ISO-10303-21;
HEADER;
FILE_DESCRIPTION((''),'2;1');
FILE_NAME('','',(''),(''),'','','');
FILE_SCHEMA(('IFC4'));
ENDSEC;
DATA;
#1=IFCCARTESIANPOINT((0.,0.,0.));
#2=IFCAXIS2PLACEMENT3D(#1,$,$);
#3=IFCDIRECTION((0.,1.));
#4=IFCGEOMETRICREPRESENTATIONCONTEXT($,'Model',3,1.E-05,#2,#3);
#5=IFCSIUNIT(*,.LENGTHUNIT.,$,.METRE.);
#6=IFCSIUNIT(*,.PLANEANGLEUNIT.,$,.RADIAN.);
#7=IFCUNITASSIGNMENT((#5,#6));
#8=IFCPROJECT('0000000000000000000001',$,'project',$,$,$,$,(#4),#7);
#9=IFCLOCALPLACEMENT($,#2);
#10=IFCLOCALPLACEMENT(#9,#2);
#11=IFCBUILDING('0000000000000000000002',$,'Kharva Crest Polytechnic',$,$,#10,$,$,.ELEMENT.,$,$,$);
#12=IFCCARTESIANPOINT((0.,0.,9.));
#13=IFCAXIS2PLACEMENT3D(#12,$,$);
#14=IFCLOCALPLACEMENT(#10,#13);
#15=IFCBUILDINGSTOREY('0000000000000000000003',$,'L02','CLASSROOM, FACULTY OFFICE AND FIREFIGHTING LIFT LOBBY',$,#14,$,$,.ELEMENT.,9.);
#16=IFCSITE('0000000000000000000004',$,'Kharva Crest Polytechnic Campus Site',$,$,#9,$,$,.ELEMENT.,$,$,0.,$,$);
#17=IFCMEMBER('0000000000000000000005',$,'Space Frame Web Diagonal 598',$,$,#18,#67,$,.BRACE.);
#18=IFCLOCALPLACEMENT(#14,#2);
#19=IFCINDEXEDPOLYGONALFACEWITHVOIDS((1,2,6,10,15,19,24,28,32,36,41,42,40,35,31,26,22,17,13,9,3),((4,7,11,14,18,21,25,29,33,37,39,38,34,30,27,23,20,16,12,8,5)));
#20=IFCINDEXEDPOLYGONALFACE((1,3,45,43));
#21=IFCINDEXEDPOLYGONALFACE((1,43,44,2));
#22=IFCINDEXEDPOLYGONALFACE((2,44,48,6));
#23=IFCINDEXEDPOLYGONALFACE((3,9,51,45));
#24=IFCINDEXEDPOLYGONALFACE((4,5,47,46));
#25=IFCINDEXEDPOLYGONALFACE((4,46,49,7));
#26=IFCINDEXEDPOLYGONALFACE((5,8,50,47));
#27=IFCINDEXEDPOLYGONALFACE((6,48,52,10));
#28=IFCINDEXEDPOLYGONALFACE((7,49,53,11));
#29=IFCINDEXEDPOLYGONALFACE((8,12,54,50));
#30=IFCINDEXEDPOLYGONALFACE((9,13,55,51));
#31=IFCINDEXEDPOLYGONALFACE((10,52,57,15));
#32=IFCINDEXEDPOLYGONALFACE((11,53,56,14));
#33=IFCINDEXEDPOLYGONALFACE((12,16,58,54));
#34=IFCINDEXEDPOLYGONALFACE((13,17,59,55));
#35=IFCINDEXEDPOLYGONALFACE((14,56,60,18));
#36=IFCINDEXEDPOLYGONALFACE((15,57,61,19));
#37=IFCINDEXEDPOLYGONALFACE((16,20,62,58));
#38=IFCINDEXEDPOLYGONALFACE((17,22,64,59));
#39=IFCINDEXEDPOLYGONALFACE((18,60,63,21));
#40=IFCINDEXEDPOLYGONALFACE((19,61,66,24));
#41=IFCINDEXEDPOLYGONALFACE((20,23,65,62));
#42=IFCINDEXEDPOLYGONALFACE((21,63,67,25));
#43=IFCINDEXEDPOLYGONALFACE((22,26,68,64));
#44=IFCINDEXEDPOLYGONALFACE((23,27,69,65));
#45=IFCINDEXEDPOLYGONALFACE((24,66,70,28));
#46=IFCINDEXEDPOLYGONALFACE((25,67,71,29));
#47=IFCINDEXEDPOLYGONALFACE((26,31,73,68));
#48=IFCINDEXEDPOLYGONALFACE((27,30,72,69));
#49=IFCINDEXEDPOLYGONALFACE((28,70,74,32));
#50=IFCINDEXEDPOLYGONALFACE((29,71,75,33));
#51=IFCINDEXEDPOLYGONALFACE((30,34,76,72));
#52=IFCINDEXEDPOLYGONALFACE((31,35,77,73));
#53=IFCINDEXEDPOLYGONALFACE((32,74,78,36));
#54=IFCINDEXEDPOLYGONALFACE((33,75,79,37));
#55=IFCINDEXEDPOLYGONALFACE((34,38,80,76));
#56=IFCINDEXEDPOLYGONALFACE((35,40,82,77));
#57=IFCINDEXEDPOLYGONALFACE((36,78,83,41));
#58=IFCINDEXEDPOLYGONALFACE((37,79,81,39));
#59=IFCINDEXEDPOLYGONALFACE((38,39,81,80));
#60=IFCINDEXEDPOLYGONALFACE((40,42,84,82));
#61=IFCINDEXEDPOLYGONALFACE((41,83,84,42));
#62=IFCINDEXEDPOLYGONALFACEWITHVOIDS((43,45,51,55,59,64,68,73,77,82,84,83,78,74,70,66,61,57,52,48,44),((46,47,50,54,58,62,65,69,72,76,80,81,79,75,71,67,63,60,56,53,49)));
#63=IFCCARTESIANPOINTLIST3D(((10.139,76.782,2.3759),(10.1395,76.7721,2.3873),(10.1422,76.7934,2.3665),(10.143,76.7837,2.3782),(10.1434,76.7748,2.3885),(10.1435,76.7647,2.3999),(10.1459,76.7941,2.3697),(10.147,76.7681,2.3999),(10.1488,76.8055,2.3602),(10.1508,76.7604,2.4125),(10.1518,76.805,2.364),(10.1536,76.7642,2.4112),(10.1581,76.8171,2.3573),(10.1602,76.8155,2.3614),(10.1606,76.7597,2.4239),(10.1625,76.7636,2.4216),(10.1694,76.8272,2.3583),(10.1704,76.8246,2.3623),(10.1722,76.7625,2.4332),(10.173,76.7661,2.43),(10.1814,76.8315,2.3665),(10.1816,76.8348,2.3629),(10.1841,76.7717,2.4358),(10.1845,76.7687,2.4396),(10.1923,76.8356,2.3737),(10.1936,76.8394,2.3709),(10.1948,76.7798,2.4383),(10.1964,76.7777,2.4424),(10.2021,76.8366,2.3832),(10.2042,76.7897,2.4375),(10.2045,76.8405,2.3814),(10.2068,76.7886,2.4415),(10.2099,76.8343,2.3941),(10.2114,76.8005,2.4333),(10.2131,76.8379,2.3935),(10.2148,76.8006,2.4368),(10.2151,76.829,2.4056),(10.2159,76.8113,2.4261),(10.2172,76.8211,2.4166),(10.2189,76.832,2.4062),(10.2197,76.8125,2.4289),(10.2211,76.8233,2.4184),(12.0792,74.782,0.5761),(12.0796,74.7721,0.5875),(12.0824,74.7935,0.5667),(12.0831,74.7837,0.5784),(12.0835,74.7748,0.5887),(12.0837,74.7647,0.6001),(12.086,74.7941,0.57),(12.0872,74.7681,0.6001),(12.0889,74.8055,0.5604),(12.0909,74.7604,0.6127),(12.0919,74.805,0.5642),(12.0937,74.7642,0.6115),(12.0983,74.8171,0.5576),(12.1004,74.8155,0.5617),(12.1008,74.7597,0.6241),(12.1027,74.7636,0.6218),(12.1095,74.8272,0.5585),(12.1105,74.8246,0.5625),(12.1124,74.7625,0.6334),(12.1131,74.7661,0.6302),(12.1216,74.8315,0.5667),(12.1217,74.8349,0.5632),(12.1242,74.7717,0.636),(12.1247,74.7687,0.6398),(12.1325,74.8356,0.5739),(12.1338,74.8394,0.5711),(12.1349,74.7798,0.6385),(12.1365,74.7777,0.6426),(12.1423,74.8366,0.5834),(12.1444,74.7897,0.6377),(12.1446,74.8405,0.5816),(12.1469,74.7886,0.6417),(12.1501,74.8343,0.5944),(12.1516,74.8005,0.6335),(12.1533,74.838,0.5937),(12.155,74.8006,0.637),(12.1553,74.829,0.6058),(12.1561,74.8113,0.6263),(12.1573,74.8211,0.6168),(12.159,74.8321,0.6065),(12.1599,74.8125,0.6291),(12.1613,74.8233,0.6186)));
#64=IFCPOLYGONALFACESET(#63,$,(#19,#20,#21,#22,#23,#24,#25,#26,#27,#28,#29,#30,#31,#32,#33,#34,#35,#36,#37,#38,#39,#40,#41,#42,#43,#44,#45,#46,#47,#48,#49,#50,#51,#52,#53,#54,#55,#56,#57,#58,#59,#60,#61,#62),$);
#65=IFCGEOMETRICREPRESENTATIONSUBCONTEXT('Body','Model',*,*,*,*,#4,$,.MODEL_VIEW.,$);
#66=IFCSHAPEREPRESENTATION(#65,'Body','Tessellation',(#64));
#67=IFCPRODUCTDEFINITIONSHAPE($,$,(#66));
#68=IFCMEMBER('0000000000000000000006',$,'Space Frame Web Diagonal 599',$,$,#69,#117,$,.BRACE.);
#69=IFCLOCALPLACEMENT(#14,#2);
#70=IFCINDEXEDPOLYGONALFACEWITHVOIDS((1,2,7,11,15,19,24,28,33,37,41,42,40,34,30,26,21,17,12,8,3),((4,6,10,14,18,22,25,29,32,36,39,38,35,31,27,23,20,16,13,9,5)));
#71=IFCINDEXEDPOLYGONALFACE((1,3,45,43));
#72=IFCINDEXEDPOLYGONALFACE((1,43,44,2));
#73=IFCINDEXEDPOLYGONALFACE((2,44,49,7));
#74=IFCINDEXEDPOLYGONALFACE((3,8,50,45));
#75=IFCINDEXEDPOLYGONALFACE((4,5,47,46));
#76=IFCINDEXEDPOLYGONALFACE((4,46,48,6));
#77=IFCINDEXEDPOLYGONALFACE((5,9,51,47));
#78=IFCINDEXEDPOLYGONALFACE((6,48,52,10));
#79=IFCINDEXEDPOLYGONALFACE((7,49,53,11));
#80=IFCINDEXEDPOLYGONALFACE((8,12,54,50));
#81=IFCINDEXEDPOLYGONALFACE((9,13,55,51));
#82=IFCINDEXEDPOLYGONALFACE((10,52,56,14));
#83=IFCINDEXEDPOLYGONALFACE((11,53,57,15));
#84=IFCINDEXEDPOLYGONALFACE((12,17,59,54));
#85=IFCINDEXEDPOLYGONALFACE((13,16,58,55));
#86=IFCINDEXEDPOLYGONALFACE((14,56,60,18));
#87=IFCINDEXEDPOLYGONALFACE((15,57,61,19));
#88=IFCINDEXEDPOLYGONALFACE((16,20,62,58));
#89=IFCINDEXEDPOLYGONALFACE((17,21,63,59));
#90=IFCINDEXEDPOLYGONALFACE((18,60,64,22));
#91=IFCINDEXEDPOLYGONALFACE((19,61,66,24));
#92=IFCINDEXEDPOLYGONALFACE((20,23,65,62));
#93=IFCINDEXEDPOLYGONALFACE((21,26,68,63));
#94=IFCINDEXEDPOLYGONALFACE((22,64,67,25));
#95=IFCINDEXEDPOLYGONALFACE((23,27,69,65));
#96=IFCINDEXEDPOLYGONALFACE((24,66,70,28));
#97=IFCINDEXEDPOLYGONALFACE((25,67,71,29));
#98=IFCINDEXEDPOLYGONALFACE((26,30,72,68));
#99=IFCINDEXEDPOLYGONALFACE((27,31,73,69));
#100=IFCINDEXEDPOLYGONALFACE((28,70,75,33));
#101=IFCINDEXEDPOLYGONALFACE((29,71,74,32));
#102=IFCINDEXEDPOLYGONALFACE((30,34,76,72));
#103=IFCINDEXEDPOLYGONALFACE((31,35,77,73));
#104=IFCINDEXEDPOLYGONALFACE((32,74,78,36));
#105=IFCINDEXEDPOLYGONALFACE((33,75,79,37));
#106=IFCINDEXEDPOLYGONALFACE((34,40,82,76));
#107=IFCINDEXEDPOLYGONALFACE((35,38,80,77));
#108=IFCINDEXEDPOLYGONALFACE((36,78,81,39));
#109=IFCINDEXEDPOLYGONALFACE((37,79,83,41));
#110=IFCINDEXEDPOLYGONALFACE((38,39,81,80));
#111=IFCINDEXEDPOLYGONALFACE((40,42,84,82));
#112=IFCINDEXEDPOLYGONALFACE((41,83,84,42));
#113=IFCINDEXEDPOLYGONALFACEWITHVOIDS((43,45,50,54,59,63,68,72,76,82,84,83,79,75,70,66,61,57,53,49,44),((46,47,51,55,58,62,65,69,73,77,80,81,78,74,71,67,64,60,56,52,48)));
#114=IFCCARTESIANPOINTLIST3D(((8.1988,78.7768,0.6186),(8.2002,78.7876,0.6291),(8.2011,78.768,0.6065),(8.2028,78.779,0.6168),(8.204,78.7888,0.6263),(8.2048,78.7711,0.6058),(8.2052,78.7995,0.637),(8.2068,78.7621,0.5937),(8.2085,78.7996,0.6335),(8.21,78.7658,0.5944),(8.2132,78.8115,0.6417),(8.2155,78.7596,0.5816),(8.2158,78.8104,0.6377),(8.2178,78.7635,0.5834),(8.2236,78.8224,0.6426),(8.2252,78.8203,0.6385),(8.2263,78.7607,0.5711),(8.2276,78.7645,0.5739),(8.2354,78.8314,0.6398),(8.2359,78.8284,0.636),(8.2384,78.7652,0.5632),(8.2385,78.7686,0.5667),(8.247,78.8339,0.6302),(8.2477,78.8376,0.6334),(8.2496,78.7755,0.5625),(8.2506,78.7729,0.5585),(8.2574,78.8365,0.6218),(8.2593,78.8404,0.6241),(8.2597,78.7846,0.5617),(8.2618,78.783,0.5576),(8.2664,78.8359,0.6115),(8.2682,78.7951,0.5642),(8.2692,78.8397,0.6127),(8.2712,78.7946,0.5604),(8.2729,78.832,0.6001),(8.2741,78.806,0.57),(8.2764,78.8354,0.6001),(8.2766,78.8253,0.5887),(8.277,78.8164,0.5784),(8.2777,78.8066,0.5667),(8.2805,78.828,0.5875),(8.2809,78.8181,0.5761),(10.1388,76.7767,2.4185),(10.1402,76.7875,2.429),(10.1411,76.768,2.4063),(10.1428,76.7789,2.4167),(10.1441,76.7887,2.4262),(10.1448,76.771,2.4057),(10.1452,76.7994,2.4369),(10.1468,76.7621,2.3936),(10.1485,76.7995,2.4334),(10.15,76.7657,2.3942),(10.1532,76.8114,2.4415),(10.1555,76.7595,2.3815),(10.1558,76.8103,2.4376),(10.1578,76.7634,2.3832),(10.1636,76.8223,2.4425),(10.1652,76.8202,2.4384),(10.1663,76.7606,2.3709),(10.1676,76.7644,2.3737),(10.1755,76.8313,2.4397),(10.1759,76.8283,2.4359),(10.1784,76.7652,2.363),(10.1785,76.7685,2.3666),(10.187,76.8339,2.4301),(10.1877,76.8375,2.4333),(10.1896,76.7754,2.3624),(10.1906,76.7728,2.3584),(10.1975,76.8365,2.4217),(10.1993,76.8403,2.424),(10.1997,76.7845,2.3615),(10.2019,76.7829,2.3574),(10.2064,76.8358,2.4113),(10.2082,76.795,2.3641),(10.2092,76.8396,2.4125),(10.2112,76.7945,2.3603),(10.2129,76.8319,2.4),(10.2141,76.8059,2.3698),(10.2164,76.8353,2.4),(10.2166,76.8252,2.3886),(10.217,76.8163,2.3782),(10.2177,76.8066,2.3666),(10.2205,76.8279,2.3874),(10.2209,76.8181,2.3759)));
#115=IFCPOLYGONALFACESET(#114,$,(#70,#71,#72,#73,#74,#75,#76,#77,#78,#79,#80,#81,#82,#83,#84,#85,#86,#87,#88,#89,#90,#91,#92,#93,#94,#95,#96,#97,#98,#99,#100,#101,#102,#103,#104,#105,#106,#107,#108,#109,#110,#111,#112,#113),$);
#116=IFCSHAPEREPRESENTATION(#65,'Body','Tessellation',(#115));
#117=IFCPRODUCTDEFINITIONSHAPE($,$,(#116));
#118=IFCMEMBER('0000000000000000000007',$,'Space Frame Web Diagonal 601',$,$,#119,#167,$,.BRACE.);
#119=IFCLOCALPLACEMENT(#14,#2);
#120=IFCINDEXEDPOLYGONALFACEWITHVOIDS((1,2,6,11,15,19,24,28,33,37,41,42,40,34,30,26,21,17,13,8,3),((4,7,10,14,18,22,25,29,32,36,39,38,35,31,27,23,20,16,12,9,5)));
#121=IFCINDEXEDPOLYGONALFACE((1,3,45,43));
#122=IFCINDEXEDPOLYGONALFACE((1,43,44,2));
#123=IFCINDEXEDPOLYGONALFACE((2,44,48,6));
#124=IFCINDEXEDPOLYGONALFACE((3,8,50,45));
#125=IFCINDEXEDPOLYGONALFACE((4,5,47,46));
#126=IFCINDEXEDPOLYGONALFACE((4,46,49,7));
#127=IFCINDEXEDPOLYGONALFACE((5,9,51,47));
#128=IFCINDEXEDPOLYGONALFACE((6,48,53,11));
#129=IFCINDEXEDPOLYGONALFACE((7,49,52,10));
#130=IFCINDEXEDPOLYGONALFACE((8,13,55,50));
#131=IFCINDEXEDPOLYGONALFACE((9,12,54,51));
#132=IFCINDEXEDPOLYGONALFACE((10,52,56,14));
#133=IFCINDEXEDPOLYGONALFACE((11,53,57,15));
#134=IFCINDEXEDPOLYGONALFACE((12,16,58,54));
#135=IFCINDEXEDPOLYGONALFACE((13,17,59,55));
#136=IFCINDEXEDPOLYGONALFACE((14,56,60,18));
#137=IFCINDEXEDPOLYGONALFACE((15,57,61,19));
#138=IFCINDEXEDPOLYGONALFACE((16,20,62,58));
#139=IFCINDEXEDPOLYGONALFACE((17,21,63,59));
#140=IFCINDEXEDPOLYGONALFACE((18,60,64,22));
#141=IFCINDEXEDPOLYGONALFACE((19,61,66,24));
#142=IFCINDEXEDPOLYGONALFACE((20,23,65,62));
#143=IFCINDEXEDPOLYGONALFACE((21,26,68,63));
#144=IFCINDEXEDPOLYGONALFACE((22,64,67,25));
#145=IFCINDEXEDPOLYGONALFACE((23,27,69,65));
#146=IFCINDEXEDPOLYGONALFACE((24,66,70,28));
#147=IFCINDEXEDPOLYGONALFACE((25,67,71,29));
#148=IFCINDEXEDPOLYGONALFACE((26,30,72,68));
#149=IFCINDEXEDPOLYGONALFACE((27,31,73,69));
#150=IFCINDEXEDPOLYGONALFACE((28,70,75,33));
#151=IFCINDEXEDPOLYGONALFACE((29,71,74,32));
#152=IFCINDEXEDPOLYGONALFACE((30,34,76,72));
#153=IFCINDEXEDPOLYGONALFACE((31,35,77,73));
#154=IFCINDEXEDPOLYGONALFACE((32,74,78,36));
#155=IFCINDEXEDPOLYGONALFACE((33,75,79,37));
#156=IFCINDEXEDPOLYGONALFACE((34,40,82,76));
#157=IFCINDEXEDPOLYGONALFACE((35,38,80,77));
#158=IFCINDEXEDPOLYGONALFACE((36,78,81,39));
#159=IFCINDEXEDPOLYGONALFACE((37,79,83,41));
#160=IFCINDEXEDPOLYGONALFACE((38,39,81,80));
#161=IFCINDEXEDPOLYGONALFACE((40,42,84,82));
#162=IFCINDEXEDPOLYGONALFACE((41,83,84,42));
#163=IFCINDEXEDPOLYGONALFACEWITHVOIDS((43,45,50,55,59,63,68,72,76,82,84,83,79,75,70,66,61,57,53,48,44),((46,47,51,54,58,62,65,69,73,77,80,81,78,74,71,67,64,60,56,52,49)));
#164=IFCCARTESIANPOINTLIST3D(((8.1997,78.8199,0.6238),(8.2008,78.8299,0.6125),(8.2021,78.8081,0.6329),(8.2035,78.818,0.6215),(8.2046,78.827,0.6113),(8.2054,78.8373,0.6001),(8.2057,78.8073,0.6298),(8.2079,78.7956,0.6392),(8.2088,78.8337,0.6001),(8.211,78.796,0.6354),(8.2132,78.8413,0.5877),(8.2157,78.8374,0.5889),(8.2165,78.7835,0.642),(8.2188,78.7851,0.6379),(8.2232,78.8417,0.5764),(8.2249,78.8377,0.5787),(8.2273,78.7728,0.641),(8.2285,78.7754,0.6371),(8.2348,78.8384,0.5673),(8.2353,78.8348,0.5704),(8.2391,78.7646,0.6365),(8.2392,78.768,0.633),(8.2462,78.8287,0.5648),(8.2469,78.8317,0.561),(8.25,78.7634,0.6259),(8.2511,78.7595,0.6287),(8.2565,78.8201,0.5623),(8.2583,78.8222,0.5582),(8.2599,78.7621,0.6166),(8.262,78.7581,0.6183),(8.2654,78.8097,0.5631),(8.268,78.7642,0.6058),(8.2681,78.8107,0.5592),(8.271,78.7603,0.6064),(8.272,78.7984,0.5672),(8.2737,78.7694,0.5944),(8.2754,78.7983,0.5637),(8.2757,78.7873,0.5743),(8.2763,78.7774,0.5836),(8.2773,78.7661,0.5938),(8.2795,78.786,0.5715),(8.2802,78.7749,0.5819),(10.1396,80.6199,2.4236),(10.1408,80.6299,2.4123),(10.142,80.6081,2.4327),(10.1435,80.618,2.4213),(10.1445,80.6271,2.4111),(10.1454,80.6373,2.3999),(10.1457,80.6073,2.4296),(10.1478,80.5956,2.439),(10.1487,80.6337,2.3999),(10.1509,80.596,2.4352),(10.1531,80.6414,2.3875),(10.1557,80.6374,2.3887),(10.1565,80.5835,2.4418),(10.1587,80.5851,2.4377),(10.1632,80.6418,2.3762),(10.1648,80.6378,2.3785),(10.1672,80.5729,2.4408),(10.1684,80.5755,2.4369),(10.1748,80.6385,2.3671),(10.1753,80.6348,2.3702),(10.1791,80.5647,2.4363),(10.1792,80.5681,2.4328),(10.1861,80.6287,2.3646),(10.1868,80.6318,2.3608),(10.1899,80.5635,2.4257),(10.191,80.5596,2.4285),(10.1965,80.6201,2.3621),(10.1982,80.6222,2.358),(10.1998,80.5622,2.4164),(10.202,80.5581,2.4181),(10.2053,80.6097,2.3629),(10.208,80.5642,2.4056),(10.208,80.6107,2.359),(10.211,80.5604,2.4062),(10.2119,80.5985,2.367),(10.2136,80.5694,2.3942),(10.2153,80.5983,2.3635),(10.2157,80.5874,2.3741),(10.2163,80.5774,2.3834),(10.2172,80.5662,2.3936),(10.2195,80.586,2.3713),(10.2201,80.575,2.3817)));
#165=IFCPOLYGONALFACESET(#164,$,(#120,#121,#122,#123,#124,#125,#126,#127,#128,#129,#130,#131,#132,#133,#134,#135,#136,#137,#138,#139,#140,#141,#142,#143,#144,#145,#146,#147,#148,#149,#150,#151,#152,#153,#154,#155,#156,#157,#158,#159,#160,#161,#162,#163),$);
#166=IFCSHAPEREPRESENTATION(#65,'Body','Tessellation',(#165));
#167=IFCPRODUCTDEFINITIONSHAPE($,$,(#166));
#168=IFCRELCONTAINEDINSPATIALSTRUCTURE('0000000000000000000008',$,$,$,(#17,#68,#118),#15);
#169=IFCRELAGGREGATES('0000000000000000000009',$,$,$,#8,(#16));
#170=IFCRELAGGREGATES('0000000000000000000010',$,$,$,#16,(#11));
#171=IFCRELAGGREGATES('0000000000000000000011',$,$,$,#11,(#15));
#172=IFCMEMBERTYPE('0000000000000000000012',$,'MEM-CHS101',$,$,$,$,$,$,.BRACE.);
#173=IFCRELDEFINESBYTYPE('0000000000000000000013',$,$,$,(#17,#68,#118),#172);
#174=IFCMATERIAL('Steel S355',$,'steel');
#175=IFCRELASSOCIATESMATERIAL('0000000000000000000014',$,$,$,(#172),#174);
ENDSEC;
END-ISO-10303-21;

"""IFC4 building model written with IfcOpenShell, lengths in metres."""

from ifc_helpers import new_model, si_unit, direction, frame, origin, origin_2d, place, context, subcontext, project, spatial, hollow_circle, extrude, material, material_profile, profile_set, type_object, element, save


model = new_model("IFC4")

# Units and contexts
model_context = context("Model", 3, precision=1e-05, world=origin(), true_north=direction((0.0, 1.0)))
body_context = subcontext(model_context, "Body", "Model", "MODEL_VIEW")
ifc_project = project(units=[si_unit("LENGTHUNIT", "METRE"), si_unit("PLANEANGLEUNIT", "RADIAN")], contexts=[model_context])

# Site, building, storey
site_placement = place(None, origin())
site = spatial("IfcSite", under=ifc_project, at=site_placement, Name="Kharva Crest Polytechnic Campus Site", CompositionType="ELEMENT", RefElevation=0.0)
building_placement = place(site_placement, origin())
building = spatial("IfcBuilding", under=site, at=building_placement, Name="Kharva Crest Polytechnic", CompositionType="ELEMENT")
storey_placement = place(building_placement, frame((0.0, 0.0, 9.0)))
storey = spatial("IfcBuildingStorey", under=building, at=storey_placement, Name="L02", Description="CLASSROOM, FACULTY OFFICE AND FIREFIGHTING LIFT LOBBY", CompositionType="ELEMENT", Elevation=9.0)

# Shared definitions
ifc_material_1 = material(Name="Steel S355", Category="steel")

# Members
ifc_material_profile_1 = material_profile(ifc_material_1, hollow_circle(Radius=0.0508, WallThickness=0.0049, at=origin_2d()), Name="CHS 101.6X5.0")
ifc_profile_set_1 = profile_set([ifc_material_profile_1], Name="Steel S355")
member_type_1 = type_object("IfcMemberType", Name="MEM-CHS101", PredefinedType="BRACE", material=ifc_profile_set_1)
for number, where, z_axis, x_axis, name in (
    (1, (12.1201, 74.8, 0.6001), (-0.584892, 0.602924, 0.542572), (-0.717758, -0.696292, 0.0), "Space Frame Web Diagonal 598"),
    (2, (8.24, 78.8, 0.6001), (0.584843, -0.60295, 0.542596), (0.717802, 0.696247, 0.0), "Space Frame Web Diagonal 599"),
):
    element("IfcMember", number, at=place(storey_placement, frame(where, z_axis=z_axis, x_axis=x_axis)), inside=storey, type_object=member_type_1, Name=name, PredefinedType="BRACE", context=body_context, shape_type="SweptSolid", body=[
        extrude(hollow_circle(Radius=0.0508, WallThickness=0.0049, at=origin_2d()), origin(), (0.0, 0.0, 1.0), 3.3171),
    ])
member_1_placement = place(storey_placement, frame((8.24, 78.8, 0.6001), z_axis=(0.606147, 0.562437, 0.562361), x_axis=(-0.680182, 0.733043, 0.0)))
element("IfcMember", 3, at=member_1_placement, inside=storey, type_object=member_type_1, Name="Space Frame Web Diagonal 601", PredefinedType="BRACE", context=body_context, shape_type="SweptSolid", body=[
    extrude(hollow_circle(Radius=0.0508, WallThickness=0.0049, at=origin_2d()), origin(), (0.0, 0.0, 1.0), 3.2004),
])

save(model, "model.ifc")
